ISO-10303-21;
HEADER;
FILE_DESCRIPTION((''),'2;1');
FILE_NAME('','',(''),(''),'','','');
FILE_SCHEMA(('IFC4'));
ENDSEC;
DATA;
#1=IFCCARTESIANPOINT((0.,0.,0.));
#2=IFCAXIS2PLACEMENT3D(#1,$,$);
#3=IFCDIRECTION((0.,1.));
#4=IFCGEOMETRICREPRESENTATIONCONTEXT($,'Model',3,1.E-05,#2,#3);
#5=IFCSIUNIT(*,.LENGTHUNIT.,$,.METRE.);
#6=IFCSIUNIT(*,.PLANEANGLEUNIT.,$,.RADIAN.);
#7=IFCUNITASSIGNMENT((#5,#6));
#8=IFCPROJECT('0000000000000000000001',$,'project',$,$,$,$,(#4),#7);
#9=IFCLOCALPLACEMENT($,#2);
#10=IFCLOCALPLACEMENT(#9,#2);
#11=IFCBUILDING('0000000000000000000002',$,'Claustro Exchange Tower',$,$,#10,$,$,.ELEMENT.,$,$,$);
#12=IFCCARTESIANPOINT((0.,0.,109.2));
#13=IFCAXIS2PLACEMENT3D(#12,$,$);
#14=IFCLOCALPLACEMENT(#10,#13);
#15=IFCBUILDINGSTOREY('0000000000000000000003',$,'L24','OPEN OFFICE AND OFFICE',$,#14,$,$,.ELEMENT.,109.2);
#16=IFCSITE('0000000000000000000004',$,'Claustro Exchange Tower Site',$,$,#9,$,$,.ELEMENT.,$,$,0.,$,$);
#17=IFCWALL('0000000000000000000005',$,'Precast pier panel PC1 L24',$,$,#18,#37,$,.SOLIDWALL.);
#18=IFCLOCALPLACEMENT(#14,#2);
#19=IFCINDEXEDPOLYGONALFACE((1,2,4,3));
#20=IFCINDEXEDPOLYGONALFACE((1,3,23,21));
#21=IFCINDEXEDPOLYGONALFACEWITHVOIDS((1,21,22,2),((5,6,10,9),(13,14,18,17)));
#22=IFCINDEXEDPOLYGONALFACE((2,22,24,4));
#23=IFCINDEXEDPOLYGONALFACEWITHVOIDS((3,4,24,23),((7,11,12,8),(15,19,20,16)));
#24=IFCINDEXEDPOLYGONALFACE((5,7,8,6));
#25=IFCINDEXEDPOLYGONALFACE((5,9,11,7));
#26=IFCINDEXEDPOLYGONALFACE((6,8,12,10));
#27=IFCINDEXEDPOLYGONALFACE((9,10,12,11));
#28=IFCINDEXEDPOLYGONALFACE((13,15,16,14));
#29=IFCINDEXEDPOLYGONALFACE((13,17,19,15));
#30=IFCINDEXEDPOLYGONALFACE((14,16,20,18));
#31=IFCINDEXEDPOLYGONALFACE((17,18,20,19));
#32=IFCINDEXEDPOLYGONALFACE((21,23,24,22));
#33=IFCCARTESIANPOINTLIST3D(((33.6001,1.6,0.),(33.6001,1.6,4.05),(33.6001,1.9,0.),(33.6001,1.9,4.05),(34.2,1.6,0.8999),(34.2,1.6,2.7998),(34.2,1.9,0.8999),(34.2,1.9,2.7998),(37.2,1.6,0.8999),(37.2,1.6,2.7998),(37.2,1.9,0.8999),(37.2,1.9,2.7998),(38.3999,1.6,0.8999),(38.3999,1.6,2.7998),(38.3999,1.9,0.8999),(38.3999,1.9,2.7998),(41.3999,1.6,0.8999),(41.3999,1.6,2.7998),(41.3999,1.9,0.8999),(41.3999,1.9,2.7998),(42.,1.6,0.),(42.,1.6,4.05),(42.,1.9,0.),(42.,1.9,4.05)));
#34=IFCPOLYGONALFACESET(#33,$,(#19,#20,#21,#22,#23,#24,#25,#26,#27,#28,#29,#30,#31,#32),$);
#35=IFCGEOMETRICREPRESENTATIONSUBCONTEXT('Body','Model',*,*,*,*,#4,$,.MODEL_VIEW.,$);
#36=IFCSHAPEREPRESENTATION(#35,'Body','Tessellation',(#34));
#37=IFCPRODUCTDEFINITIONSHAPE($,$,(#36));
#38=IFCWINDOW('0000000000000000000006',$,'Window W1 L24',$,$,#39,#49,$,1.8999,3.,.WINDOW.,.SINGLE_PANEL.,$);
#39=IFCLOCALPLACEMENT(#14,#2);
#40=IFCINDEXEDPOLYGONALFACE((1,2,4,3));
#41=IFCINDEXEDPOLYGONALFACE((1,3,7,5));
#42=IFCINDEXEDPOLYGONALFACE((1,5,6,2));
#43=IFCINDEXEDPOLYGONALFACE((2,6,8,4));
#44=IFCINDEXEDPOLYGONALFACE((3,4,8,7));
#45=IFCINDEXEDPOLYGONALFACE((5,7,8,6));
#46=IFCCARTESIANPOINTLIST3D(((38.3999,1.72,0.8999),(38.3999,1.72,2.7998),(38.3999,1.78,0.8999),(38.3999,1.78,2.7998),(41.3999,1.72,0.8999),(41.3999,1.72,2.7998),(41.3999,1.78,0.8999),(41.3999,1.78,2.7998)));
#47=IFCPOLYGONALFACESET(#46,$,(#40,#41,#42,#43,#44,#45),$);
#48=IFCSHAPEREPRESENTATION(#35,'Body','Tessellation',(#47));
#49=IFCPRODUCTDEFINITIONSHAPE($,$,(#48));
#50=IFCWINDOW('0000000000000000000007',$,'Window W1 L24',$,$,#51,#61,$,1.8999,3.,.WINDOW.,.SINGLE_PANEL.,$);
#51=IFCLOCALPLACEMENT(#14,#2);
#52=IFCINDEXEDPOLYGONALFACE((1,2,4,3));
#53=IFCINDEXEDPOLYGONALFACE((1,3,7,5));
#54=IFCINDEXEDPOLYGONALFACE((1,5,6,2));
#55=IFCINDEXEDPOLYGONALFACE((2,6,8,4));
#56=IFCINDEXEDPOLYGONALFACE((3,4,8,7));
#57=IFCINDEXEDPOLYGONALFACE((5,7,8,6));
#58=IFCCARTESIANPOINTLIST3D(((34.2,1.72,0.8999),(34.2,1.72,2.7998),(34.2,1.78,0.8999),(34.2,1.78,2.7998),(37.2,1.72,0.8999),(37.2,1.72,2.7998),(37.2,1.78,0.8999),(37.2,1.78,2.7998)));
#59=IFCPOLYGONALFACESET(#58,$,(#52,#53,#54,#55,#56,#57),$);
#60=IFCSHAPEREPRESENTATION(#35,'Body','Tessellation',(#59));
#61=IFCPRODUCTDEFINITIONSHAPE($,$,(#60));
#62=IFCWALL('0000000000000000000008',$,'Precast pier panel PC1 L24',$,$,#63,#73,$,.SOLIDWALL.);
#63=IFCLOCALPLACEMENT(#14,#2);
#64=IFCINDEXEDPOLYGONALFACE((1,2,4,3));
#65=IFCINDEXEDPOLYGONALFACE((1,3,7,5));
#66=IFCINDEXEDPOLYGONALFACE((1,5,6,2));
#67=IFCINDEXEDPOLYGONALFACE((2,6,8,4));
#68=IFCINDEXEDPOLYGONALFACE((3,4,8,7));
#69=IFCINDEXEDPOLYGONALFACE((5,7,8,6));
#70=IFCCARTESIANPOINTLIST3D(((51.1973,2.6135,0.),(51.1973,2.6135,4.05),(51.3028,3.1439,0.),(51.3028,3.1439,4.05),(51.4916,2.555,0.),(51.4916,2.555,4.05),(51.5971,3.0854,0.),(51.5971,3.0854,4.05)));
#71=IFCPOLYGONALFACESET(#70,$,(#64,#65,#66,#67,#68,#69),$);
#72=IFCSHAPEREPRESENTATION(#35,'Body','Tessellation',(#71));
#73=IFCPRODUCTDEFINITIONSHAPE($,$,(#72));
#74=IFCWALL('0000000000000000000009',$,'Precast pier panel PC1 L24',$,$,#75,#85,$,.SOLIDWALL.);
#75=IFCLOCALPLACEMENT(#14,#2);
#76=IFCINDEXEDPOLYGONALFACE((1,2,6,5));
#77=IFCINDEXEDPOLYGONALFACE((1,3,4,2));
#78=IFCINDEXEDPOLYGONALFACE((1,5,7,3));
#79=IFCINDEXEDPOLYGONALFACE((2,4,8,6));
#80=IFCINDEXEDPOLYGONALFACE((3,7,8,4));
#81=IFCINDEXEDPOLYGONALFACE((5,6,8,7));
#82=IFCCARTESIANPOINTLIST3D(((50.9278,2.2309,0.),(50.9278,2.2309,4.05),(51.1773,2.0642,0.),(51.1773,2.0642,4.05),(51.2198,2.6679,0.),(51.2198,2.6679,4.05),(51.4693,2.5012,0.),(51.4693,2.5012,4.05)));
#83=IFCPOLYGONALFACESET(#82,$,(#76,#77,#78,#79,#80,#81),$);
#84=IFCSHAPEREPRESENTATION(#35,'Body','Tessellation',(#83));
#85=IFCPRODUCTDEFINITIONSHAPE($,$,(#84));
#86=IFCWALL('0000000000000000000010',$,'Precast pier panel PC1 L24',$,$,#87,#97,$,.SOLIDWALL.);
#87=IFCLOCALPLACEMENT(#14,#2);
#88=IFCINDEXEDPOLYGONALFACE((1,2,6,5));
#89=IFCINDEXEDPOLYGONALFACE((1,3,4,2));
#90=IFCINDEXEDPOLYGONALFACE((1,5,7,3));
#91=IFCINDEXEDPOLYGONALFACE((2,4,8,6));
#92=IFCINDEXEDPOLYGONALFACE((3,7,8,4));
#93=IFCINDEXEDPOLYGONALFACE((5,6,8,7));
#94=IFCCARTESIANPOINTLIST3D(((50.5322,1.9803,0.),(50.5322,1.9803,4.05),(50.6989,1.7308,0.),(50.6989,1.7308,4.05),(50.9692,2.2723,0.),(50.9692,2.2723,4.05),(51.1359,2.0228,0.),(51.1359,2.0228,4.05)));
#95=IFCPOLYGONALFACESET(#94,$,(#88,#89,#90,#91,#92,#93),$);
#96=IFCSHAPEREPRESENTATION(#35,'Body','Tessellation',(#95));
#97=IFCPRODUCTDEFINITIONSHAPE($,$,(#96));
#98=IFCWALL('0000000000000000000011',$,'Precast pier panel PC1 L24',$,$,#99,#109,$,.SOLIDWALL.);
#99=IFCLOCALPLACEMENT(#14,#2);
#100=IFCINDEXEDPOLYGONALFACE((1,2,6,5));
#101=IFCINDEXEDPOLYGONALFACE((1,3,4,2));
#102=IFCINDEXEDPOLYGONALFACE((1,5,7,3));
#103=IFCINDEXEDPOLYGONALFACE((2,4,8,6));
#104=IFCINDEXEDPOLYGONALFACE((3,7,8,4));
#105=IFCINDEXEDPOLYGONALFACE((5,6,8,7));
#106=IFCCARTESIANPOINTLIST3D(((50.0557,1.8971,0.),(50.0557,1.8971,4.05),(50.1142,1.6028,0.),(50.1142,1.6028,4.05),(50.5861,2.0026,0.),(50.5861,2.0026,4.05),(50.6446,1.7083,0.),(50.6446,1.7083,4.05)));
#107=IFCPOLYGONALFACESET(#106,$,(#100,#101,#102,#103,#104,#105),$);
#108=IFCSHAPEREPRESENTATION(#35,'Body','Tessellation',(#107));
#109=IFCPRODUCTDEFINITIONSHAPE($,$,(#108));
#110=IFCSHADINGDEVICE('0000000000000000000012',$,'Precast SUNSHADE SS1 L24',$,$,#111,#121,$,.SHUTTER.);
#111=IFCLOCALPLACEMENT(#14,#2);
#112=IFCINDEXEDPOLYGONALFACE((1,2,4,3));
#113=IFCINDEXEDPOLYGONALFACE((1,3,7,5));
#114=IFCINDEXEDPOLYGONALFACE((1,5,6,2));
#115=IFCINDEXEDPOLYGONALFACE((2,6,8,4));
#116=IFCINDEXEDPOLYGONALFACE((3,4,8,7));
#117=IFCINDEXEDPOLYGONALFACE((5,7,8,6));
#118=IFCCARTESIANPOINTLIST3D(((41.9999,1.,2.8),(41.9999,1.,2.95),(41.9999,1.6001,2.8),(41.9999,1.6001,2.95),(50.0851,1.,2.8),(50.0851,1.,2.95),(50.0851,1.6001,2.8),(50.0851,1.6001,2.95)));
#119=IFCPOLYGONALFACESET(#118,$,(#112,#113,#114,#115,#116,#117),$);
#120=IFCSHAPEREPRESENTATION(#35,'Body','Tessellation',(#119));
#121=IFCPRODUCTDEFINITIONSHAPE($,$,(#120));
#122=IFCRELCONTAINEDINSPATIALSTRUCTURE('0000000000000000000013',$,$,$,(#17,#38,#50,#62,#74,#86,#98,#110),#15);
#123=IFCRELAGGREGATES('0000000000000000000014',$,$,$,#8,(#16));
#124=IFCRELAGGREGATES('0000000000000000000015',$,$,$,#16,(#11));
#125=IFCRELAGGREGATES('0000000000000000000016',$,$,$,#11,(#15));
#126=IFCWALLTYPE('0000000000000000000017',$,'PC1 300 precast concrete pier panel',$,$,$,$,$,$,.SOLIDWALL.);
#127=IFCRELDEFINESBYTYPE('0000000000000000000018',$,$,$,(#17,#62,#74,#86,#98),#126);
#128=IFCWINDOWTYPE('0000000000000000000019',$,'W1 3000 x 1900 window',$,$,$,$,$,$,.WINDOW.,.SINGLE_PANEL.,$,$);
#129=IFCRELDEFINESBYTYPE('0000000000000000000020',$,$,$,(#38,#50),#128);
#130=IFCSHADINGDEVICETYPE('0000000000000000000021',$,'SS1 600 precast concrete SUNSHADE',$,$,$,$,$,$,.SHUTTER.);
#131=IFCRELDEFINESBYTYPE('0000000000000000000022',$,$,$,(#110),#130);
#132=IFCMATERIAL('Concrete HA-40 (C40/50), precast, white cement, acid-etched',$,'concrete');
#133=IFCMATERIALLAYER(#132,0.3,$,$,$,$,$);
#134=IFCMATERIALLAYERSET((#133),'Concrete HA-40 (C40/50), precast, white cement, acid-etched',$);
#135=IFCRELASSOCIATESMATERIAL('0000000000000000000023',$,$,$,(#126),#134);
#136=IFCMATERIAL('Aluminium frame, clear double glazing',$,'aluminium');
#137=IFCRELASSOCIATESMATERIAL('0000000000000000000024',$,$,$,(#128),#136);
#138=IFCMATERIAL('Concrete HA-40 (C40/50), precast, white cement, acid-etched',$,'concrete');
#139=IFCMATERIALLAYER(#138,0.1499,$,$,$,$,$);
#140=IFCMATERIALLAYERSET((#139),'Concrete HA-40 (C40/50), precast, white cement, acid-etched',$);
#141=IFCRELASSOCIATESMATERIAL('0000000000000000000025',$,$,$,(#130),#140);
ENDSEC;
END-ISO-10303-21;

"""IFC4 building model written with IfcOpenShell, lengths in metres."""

from ifc_helpers import new_model, si_unit, direction, frame, frame_2d, origin, origin_2d, place, context, subcontext, project, spatial, rectangle, extrude, material, layer, layer_set, type_object, element, fill, save


model = new_model("IFC4")

# Units and contexts
model_context = context("Model", 3, precision=1e-05, world=origin(), true_north=direction((0.0, 1.0)))
body_context = subcontext(model_context, "Body", "Model", "MODEL_VIEW")
ifc_project = project(units=[si_unit("LENGTHUNIT", "METRE"), si_unit("PLANEANGLEUNIT", "RADIAN")], contexts=[model_context])

# Site, building, storey
site_placement = place(None, origin())
site = spatial("IfcSite", under=ifc_project, at=site_placement, Name="Claustro Exchange Tower Site", CompositionType="ELEMENT", RefElevation=0.0)
building_placement = place(site_placement, origin())
building = spatial("IfcBuilding", under=site, at=building_placement, Name="Claustro Exchange Tower", CompositionType="ELEMENT")
storey_placement = place(building_placement, frame((0.0, 0.0, 109.2)))
storey = spatial("IfcBuildingStorey", under=building, at=storey_placement, Name="L24", Description="OPEN OFFICE AND OFFICE", CompositionType="ELEMENT", Elevation=109.2)

# Wall, openings, windows
ifc_material_1 = material(Name="Concrete HA-40 (C40/50), precast, white cement, acid-etched", Category="concrete")
ifc_layer_1 = layer(ifc_material_1, 0.3)
ifc_layer_set_1 = layer_set([ifc_layer_1], Name="Concrete HA-40 (C40/50), precast, white cement, acid-etched")
wall_type_1 = type_object("IfcWallType", Name="PC1 300 precast concrete pier panel", PredefinedType="SOLIDWALL", material=ifc_layer_set_1)
ifc_material_2 = material(Name="Aluminium frame, clear double glazing", Category="aluminium")
window_type = type_object("IfcWindowType", Name="W1 3000 x 1900 window", PartitioningType="SINGLE_PANEL", PredefinedType="WINDOW", material=ifc_material_2)
wall_1_placement = place(storey_placement, frame((42.0, 1.75, 0.0), z_axis=(0.0, 0.0, 1.0), x_axis=(-1.0, 0.0, 0.0)))
wall_1 = element("IfcWall", 1, at=wall_1_placement, inside=storey, type_object=wall_type_1, Name="Precast pier panel PC1 L24", PredefinedType="SOLIDWALL", context=body_context, shape_type="SweptSolid", body=[
    extrude(rectangle(XDim=8.3999, YDim=0.3, at=frame_2d((4.2, 0.0))), origin(), (0.0, 0.0, 1.0), 4.05),
])
opening_1_placement = place(wall_1_placement, frame((0.6001, 0.0, 0.8999)))
opening_1 = element("IfcOpeningElement", 2, at=opening_1_placement, cuts=wall_1, PredefinedType="OPENING", context=body_context, shape_type="SweptSolid", body=[
    extrude(rectangle(XDim=3.0, YDim=1.8999, at=frame_2d((1.5, 0.95))), frame((0.0, 0.1599, 0.0), z_axis=(0.0, -1.0, 0.0), x_axis=(1.0, 0.0, 0.0)), (0.0, 0.0, 1.0), 0.3201),
])
opening_2_placement = place(wall_1_placement, frame((4.8, 0.0, 0.8999)))
opening_2 = element("IfcOpeningElement", 3, at=opening_2_placement, cuts=wall_1, PredefinedType="OPENING", context=body_context, shape_type="SweptSolid", body=[
    extrude(rectangle(XDim=3.0, YDim=1.8999, at=frame_2d((1.5, 0.95))), frame((0.0, 0.1599, 0.0), z_axis=(0.0, -1.0, 0.0), x_axis=(1.0, 0.0, 0.0)), (0.0, 0.0, 1.0), 0.3201),
])
window_1_placement = place(opening_1_placement, origin())
window_1 = element("IfcWindow", 4, at=window_1_placement, inside=storey, type_object=window_type, Name="Window W1 L24", OverallHeight=1.8999, OverallWidth=3.0, PartitioningType="SINGLE_PANEL", PredefinedType="WINDOW", context=body_context, shape_type="SweptSolid", body=[
    extrude(rectangle(XDim=3.0, YDim=1.8999, at=frame_2d((1.5, 0.95))), frame((0.0, 0.03, 0.0), z_axis=(0.0, -1.0, 0.0), x_axis=(1.0, 0.0, 0.0)), (0.0, 0.0, 1.0), 0.0601),
])
fill(opening_1, window_1)
window_2_placement = place(opening_2_placement, origin())
window_2 = element("IfcWindow", 5, at=window_2_placement, inside=storey, type_object=window_type, Name="Window W1 L24", OverallHeight=1.8999, OverallWidth=3.0, PartitioningType="SINGLE_PANEL", PredefinedType="WINDOW", context=body_context, shape_type="SweptSolid", body=[
    extrude(rectangle(XDim=3.0, YDim=1.8999, at=frame_2d((1.5, 0.95))), frame((0.0, 0.03, 0.0), z_axis=(0.0, -1.0, 0.0), x_axis=(1.0, 0.0, 0.0)), (0.0, 0.0, 1.0), 0.0601),
])
fill(opening_2, window_2)

# Walls
wall_2_placement = place(storey_placement, frame((51.45, 3.1147, 0.0), z_axis=(0.0, 0.0, 1.0), x_axis=(-0.195074, -0.980789, 0.0)))
element("IfcWall", 6, at=wall_2_placement, inside=storey, type_object=wall_type_1, Name="Precast pier panel PC1 L24", PredefinedType="SOLIDWALL", context=body_context, shape_type="SweptSolid", body=[
    extrude(rectangle(XDim=0.5408, YDim=0.3, at=frame_2d((0.2705, 0.0))), origin(), (0.0, 0.0, 1.0), 4.05),
])
for number, where, z_axis, x_axis, name in (
    (7, (51.3445, 2.5845, 0.0), (0.0, 0.0, 1.0), (-0.555557, -0.831478, 0.0), "Precast pier panel PC1 L24"),
    (8, (51.0525, 2.1475, 0.0), (0.0, 0.0, 1.0), (-0.831478, -0.555557, 0.0), "Precast pier panel PC1 L24"),
):
    element("IfcWall", number, at=place(storey_placement, frame(where, z_axis=z_axis, x_axis=x_axis)), inside=storey, type_object=wall_type_1, Name=name, PredefinedType="SOLIDWALL", context=body_context, shape_type="SweptSolid", body=[
        extrude(rectangle(XDim=0.5256, YDim=0.3, at=frame_2d((0.2627, 0.0))), origin(), (0.0, 0.0, 1.0), 4.05),
    ])
wall_3_placement = place(storey_placement, frame((50.6155, 1.8555, 0.0), z_axis=(0.0, 0.0, 1.0), x_axis=(-0.980789, -0.195074, 0.0)))
element("IfcWall", 9, at=wall_3_placement, inside=storey, type_object=wall_type_1, Name="Precast pier panel PC1 L24", PredefinedType="SOLIDWALL", context=body_context, shape_type="SweptSolid", body=[
    extrude(rectangle(XDim=0.5408, YDim=0.3, at=frame_2d((0.2705, 0.0))), origin(), (0.0, 0.0, 1.0), 4.05),
])

# Shading device
ifc_material_3 = material(Name="Concrete HA-40 (C40/50), precast, white cement, acid-etched", Category="concrete")
ifc_layer_2 = layer(ifc_material_3, 0.1499)
ifc_layer_set_2 = layer_set([ifc_layer_2], Name="Concrete HA-40 (C40/50), precast, white cement, acid-etched")
shading_device_type = type_object("IfcShadingDeviceType", Name="SS1 600 precast concrete SUNSHADE", PredefinedType="SHUTTER", material=ifc_layer_set_2)
shading_device_placement = place(storey_placement, frame((46.0425, 1.3, 2.8), z_axis=(0.0, 0.0, 1.0), x_axis=(-1.0, 0.0, 0.0)))
element("IfcShadingDevice", 10, at=shading_device_placement, inside=storey, type_object=shading_device_type, Name="Precast SUNSHADE SS1 L24", PredefinedType="SHUTTER", context=body_context, shape_type="SweptSolid", body=[
    extrude(rectangle(XDim=8.0852, YDim=0.6001, at=origin_2d()), origin(), (0.0, 0.0, 1.0), 0.1499),
])

save(model, "model.ifc")
